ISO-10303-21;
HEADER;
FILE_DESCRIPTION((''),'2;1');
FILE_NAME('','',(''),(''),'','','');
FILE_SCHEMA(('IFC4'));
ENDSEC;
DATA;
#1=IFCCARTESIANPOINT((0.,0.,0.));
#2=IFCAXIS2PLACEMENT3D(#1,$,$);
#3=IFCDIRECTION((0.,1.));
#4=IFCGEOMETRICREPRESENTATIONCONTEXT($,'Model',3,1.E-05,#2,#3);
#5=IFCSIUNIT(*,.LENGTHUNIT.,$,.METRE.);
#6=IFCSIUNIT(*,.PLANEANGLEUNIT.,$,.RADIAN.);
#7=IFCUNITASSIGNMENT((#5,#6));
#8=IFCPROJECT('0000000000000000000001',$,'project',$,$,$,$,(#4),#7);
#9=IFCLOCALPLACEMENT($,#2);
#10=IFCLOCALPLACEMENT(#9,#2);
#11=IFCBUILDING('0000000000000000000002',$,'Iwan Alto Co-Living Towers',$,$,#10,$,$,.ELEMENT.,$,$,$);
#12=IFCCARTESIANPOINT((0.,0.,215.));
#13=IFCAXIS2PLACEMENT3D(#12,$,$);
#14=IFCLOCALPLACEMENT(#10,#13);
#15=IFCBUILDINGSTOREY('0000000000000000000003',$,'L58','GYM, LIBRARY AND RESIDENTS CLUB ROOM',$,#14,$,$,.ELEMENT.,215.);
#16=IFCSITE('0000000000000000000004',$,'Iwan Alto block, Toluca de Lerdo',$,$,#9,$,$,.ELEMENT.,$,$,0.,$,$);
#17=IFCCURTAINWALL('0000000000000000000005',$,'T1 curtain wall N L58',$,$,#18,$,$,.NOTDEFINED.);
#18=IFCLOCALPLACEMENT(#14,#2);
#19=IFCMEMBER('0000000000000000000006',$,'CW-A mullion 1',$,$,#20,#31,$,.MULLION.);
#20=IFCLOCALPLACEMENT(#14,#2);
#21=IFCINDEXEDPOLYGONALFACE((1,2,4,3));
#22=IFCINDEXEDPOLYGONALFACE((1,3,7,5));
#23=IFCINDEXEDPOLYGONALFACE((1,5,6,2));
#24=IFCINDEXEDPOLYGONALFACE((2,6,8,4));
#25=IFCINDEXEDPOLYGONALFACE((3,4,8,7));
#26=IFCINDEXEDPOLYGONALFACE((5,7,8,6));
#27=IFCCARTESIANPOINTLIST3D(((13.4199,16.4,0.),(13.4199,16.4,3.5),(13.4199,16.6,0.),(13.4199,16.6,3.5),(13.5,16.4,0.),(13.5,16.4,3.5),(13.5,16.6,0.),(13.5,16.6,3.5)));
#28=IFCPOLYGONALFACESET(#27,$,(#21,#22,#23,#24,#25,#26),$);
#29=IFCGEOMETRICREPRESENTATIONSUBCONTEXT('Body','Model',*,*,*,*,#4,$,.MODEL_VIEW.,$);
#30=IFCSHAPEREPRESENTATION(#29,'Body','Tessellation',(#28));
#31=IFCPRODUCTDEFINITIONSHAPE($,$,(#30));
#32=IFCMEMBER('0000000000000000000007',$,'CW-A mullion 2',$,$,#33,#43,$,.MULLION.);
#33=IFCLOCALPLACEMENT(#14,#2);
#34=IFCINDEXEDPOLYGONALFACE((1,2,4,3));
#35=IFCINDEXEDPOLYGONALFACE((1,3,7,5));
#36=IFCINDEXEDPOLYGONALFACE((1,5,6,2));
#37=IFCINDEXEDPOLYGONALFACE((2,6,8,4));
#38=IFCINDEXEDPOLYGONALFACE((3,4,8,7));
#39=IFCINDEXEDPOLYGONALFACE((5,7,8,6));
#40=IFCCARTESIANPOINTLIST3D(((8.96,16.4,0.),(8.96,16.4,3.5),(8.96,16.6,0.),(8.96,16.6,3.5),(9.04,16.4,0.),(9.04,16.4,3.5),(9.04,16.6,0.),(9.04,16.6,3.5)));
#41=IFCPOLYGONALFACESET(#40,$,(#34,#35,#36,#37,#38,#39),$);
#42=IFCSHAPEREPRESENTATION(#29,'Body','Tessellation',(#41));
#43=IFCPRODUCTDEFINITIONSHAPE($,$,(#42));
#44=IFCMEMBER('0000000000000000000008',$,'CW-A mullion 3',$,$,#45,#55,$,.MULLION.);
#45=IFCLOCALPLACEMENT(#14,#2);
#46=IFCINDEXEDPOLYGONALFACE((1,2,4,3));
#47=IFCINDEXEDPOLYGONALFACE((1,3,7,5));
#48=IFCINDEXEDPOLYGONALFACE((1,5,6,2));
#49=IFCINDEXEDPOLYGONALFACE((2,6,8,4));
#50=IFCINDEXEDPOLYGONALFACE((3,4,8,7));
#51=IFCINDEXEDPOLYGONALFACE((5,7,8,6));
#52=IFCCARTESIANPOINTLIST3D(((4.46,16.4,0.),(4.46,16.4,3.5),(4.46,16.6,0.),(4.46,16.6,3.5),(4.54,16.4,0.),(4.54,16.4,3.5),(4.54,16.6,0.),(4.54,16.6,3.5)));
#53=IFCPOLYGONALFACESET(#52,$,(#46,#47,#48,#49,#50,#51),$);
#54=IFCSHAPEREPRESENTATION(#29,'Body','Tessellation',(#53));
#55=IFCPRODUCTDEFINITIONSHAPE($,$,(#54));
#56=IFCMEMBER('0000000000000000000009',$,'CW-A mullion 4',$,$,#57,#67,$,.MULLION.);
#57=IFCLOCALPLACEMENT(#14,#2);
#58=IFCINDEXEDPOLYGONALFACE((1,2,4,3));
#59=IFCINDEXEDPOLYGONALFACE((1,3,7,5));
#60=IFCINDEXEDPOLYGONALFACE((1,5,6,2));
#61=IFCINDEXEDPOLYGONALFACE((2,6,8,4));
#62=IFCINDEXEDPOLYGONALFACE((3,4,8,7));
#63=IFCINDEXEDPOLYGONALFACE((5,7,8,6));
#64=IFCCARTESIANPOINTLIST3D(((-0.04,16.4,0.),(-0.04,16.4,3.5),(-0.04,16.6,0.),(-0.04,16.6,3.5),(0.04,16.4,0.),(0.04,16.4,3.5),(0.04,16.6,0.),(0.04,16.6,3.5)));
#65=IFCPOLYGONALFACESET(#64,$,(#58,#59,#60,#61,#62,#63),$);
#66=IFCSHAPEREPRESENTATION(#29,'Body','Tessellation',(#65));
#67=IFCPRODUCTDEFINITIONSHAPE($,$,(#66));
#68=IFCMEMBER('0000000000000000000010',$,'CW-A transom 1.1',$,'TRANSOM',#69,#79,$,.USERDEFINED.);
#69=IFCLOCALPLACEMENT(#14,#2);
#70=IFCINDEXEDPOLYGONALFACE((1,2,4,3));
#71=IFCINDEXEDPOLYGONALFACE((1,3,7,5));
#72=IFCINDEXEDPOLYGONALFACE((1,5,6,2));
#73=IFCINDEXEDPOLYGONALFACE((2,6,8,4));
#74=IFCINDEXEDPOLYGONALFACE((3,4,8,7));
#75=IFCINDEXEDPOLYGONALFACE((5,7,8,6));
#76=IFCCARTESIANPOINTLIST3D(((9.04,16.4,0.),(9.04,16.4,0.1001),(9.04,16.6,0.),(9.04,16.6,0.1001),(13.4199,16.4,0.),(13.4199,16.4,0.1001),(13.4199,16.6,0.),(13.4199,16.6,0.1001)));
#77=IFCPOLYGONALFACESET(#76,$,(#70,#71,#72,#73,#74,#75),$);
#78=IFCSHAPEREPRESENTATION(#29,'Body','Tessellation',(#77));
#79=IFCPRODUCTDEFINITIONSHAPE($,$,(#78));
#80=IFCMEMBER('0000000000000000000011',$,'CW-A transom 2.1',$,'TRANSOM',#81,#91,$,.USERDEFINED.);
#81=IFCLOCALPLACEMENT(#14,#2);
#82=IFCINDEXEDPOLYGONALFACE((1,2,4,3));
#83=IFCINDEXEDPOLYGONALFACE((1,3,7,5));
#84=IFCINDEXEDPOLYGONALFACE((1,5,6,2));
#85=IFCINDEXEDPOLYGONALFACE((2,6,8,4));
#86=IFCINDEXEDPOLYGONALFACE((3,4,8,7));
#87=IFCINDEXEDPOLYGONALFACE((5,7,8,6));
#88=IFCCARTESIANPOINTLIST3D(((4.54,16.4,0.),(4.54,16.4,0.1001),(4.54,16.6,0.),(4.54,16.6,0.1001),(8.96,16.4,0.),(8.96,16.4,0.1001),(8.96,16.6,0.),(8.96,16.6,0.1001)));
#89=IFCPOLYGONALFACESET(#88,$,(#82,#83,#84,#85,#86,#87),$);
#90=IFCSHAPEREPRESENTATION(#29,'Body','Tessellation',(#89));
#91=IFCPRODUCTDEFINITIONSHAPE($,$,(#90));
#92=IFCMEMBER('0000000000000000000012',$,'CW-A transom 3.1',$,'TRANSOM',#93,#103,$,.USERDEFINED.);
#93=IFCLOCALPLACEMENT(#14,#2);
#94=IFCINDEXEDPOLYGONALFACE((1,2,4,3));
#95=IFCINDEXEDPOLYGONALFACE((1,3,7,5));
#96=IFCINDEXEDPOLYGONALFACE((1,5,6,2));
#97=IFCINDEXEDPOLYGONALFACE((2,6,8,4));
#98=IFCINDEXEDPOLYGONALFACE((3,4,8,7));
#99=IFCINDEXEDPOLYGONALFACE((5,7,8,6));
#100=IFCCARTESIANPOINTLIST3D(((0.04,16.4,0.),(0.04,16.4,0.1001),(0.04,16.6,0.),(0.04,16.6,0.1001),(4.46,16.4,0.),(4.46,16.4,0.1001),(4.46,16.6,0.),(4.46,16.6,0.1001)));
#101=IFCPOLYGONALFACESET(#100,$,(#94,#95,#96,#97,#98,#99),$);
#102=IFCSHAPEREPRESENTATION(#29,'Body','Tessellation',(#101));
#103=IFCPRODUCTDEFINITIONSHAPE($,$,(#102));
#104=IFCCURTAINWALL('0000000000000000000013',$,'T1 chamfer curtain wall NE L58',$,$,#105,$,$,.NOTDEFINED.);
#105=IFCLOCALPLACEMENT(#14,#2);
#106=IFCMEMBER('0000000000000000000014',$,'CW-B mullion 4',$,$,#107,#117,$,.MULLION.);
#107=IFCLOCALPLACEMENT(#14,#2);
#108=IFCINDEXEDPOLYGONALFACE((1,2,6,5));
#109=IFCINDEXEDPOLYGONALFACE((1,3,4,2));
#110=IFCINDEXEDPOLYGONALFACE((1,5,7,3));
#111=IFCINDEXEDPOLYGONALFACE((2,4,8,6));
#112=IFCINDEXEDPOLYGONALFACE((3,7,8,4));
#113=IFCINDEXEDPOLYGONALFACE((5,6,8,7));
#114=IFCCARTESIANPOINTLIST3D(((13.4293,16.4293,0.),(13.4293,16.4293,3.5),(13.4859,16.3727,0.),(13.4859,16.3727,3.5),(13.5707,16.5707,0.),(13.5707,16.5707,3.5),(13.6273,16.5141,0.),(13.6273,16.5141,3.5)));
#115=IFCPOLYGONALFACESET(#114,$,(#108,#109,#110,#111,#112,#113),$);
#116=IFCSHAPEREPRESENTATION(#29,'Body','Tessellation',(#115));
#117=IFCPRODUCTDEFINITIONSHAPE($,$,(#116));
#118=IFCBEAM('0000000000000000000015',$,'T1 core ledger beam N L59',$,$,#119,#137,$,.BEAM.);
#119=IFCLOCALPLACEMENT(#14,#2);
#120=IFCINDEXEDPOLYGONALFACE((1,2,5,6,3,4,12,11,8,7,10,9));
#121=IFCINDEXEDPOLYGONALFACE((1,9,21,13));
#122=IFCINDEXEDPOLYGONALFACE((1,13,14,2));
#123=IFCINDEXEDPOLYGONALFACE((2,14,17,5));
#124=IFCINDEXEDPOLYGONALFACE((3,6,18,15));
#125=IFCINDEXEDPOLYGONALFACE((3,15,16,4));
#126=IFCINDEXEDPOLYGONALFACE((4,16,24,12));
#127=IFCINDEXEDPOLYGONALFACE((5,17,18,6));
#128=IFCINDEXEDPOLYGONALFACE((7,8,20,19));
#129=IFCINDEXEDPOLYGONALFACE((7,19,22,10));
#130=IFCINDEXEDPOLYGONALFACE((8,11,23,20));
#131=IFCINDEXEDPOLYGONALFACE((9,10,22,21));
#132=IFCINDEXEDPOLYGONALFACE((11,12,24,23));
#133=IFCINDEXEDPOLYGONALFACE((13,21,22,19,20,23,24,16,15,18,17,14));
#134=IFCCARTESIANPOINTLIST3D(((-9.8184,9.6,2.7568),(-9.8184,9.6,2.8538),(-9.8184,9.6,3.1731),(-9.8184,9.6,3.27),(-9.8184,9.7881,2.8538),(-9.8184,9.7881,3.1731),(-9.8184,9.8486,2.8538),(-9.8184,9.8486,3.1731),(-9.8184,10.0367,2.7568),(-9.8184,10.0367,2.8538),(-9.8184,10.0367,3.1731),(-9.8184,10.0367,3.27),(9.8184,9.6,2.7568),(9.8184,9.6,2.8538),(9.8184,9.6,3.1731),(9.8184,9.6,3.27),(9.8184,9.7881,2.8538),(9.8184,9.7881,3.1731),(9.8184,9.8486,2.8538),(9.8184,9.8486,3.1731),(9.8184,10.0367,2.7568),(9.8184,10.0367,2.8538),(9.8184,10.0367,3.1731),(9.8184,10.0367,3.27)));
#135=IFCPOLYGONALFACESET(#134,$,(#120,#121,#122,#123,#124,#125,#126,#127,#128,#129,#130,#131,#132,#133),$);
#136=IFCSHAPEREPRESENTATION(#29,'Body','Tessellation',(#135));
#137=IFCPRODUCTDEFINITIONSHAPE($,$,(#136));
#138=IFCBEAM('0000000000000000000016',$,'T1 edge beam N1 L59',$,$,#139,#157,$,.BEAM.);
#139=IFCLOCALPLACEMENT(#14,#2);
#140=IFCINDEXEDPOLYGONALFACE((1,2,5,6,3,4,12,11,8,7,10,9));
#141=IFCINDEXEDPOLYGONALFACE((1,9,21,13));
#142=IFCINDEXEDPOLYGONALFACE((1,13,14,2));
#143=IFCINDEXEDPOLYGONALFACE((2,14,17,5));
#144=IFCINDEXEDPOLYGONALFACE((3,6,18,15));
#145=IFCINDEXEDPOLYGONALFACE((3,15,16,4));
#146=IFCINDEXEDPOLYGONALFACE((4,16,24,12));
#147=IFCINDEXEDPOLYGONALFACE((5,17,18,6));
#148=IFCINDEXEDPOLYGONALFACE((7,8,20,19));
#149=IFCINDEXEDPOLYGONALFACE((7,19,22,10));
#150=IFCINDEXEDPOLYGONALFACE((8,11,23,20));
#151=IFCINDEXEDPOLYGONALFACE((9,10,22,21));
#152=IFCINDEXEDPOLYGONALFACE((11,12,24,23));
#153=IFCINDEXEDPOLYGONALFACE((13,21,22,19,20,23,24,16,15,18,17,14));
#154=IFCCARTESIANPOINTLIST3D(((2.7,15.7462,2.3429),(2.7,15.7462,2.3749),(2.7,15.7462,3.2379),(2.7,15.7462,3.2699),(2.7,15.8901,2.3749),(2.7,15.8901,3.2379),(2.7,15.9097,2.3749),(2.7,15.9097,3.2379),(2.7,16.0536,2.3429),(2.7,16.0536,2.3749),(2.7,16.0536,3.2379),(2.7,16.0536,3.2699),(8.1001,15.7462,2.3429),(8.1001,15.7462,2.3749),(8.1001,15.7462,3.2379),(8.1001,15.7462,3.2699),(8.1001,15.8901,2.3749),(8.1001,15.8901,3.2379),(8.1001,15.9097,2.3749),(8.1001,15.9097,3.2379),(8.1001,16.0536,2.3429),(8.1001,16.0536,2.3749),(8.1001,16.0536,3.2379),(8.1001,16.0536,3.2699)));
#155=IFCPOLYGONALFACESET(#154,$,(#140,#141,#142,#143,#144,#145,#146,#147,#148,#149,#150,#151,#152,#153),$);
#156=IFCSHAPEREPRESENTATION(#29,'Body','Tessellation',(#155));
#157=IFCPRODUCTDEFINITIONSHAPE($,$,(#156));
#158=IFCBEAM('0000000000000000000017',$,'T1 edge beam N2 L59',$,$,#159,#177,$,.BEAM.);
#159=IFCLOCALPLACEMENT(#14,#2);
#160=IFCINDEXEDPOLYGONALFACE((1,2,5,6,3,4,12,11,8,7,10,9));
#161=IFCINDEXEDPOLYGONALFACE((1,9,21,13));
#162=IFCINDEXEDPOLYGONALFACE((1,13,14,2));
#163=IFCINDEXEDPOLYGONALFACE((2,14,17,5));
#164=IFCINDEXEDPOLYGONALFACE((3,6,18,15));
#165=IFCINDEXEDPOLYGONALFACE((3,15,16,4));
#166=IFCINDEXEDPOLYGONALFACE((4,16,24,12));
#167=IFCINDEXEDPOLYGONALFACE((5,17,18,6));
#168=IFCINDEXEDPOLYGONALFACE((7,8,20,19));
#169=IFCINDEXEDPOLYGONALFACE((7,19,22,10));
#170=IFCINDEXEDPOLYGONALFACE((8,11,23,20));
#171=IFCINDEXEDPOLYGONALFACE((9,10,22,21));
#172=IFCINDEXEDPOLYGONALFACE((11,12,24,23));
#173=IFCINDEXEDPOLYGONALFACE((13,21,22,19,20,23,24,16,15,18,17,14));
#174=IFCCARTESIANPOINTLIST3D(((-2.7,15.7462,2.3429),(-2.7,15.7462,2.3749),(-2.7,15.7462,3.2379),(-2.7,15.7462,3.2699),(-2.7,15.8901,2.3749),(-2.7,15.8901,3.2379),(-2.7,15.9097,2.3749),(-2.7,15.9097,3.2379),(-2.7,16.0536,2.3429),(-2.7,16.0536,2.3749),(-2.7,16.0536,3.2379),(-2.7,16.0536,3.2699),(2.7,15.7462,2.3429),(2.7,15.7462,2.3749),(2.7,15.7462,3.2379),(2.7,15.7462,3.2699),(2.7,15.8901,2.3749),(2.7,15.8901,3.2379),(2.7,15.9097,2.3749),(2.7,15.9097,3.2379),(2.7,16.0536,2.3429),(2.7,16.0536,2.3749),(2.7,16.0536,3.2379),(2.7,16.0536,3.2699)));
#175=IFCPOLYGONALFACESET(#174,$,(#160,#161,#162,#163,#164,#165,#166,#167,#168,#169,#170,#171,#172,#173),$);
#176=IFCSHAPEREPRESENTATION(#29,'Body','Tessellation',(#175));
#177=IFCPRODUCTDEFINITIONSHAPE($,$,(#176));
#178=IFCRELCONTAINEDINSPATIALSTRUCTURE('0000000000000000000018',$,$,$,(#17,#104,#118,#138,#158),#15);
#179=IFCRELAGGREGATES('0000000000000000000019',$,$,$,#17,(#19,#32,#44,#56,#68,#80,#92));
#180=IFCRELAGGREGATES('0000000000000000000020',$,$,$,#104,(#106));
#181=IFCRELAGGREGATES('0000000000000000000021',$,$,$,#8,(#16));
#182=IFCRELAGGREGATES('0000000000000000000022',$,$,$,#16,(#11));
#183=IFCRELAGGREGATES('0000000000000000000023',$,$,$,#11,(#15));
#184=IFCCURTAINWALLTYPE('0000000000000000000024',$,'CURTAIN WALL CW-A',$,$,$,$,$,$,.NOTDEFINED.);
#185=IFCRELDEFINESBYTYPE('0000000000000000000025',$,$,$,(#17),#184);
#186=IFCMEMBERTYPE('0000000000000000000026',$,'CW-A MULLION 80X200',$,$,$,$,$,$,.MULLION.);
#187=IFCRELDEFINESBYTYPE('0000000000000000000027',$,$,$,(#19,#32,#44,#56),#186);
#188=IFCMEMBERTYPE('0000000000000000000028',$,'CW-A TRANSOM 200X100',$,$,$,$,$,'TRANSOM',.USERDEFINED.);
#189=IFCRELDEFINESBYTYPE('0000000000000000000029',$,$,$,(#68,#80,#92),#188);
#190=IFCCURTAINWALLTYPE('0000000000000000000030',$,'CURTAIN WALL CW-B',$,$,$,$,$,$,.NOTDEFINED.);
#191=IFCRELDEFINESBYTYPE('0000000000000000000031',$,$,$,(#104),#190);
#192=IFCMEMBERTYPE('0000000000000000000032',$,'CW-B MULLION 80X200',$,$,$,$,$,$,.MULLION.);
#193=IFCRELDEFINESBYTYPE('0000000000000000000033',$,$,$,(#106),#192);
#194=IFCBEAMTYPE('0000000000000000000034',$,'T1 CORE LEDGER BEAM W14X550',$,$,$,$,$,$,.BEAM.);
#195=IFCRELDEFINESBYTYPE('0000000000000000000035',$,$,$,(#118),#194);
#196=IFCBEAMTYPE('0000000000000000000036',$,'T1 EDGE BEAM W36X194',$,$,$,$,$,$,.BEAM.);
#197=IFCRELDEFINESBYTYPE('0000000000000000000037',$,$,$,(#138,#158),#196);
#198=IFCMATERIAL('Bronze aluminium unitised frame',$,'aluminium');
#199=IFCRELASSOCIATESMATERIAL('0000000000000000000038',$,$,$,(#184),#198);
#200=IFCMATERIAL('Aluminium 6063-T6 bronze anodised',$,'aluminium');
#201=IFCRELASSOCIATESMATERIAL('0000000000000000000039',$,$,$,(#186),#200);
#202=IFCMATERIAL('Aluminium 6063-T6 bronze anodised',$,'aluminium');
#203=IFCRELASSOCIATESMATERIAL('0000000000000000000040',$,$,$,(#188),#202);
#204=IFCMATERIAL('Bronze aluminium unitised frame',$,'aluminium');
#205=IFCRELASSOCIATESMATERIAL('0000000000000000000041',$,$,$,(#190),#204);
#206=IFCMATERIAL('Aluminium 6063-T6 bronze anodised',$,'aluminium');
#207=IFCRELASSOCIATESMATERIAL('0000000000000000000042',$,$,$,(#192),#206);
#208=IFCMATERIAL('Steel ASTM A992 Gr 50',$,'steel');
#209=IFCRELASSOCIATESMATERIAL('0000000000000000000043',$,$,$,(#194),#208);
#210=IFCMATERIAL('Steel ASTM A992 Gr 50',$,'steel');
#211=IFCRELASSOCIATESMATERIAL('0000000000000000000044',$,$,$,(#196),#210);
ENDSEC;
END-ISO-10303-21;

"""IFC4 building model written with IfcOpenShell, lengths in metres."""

from ifc_helpers import new_model, si_unit, direction, frame, origin, origin_2d, place, context, subcontext, project, spatial, rectangle, i_section, extrude, material, material_profile, profile_set, type_object, element, aggregate, save


model = new_model("IFC4")

# Units and contexts
model_context = context("Model", 3, precision=1e-05, world=origin(), true_north=direction((0.0, 1.0)))
body_context = subcontext(model_context, "Body", "Model", "MODEL_VIEW")
ifc_project = project(units=[si_unit("LENGTHUNIT", "METRE"), si_unit("PLANEANGLEUNIT", "RADIAN")], contexts=[model_context])

# Site, building, storey
site_placement = place(None, origin())
site = spatial("IfcSite", under=ifc_project, at=site_placement, Name="Iwan Alto block, Toluca de Lerdo", CompositionType="ELEMENT", RefElevation=0.0)
building_placement = place(site_placement, origin())
building = spatial("IfcBuilding", under=site, at=building_placement, Name="Iwan Alto Co-Living Towers", CompositionType="ELEMENT")
storey_placement = place(building_placement, frame((0.0, 0.0, 215.0)))
storey = spatial("IfcBuildingStorey", under=building, at=storey_placement, Name="L58", Description="GYM, LIBRARY AND RESIDENTS CLUB ROOM", CompositionType="ELEMENT", Elevation=215.0)

# Curtain wall, members
ifc_material_1 = material(Name="Bronze aluminium unitised frame", Category="aluminium")
curtain_wall_type_1 = type_object("IfcCurtainWallType", Name="CURTAIN WALL CW-A", PredefinedType="NOTDEFINED", material=ifc_material_1)
curtain_wall_1_placement = place(storey_placement, origin())
curtain_wall_1 = element("IfcCurtainWall", 1, at=curtain_wall_1_placement, inside=storey, type_object=curtain_wall_type_1, Name="T1 curtain wall N L58", PredefinedType="NOTDEFINED")
ifc_material_2 = material(Name="Aluminium 6063-T6 bronze anodised", Category="aluminium")
ifc_material_profile_1 = material_profile(ifc_material_2, rectangle(XDim=0.2, YDim=0.0801, at=origin_2d()), Name="AL 80X200")
ifc_profile_set_1 = profile_set([ifc_material_profile_1], Name="Aluminium 6063-T6 bronze anodised")
member_type_1 = type_object("IfcMemberType", Name="CW-A MULLION 80X200", PredefinedType="MULLION", material=ifc_profile_set_1)
member_1_placement = place(storey_placement, frame((13.46, 16.5, 0.0), z_axis=(0.0, 0.0, 1.0), x_axis=(0.0, -1.0, 0.0)))
member_1 = element("IfcMember", 2, at=member_1_placement, type_object=member_type_1, Name="CW-A mullion 1", PredefinedType="MULLION", context=body_context, shape_type="SweptSolid", body=[
    extrude(rectangle(XDim=0.2, YDim=0.0801, at=origin_2d()), origin(), (0.0, 0.0, 1.0), 3.5),
])
member_2_placement = place(storey_placement, frame((9.0, 16.5, 0.0), z_axis=(0.0, 0.0, 1.0), x_axis=(0.0, -1.0, 0.0)))
member_2 = element("IfcMember", 3, at=member_2_placement, type_object=member_type_1, Name="CW-A mullion 2", PredefinedType="MULLION", context=body_context, shape_type="SweptSolid", body=[
    extrude(rectangle(XDim=0.2, YDim=0.0801, at=origin_2d()), origin(), (0.0, 0.0, 1.0), 3.5),
])
member_3_placement = place(storey_placement, frame((4.5, 16.5, 0.0), z_axis=(0.0, 0.0, 1.0), x_axis=(0.0, -1.0, 0.0)))
member_3 = element("IfcMember", 4, at=member_3_placement, type_object=member_type_1, Name="CW-A mullion 3", PredefinedType="MULLION", context=body_context, shape_type="SweptSolid", body=[
    extrude(rectangle(XDim=0.2, YDim=0.0801, at=origin_2d()), origin(), (0.0, 0.0, 1.0), 3.5),
])
member_4_placement = place(storey_placement, frame((0.0, 16.5, 0.0), z_axis=(0.0, 0.0, 1.0), x_axis=(0.0, -1.0, 0.0)))
member_4 = element("IfcMember", 5, at=member_4_placement, type_object=member_type_1, Name="CW-A mullion 4", PredefinedType="MULLION", context=body_context, shape_type="SweptSolid", body=[
    extrude(rectangle(XDim=0.2, YDim=0.0801, at=origin_2d()), origin(), (0.0, 0.0, 1.0), 3.5),
])
ifc_material_3 = material(Name="Aluminium 6063-T6 bronze anodised", Category="aluminium")
ifc_material_profile_2 = material_profile(ifc_material_3, rectangle(XDim=0.2, YDim=0.1001, at=origin_2d()), Name="AL 200X100")
ifc_profile_set_2 = profile_set([ifc_material_profile_2], Name="Aluminium 6063-T6 bronze anodised")
member_type_2 = type_object("IfcMemberType", Name="CW-A TRANSOM 200X100", ElementType="TRANSOM", PredefinedType="USERDEFINED", material=ifc_profile_set_2)
member_5_placement = place(storey_placement, frame((13.4199, 16.5, 0.05), z_axis=(-1.0, 0.0, 0.0), x_axis=(0.0, -1.0, 0.0)))
member_5 = element("IfcMember", 6, at=member_5_placement, type_object=member_type_2, Name="CW-A transom 1.1", ObjectType="TRANSOM", PredefinedType="USERDEFINED", context=body_context, shape_type="SweptSolid", body=[
    extrude(rectangle(XDim=0.2, YDim=0.1001, at=origin_2d()), origin(), (0.0, 0.0, 1.0), 4.3799),
])
member_6_placement = place(storey_placement, frame((8.96, 16.5, 0.05), z_axis=(-1.0, 0.0, 0.0), x_axis=(0.0, -1.0, 0.0)))
member_6 = element("IfcMember", 7, at=member_6_placement, type_object=member_type_2, Name="CW-A transom 2.1", ObjectType="TRANSOM", PredefinedType="USERDEFINED", context=body_context, shape_type="SweptSolid", body=[
    extrude(rectangle(XDim=0.2, YDim=0.1001, at=origin_2d()), origin(), (0.0, 0.0, 1.0), 4.4199),
])
member_7_placement = place(storey_placement, frame((4.46, 16.5, 0.05), z_axis=(-1.0, 0.0, 0.0), x_axis=(0.0, -1.0, 0.0)))
member_7 = element("IfcMember", 8, at=member_7_placement, type_object=member_type_2, Name="CW-A transom 3.1", ObjectType="TRANSOM", PredefinedType="USERDEFINED", context=body_context, shape_type="SweptSolid", body=[
    extrude(rectangle(XDim=0.2, YDim=0.1001, at=origin_2d()), origin(), (0.0, 0.0, 1.0), 4.4199),
])

# Curtain wall, member
ifc_material_4 = material(Name="Bronze aluminium unitised frame", Category="aluminium")
curtain_wall_type_2 = type_object("IfcCurtainWallType", Name="CURTAIN WALL CW-B", PredefinedType="NOTDEFINED", material=ifc_material_4)
curtain_wall_2_placement = place(storey_placement, origin())
curtain_wall_2 = element("IfcCurtainWall", 9, at=curtain_wall_2_placement, inside=storey, type_object=curtain_wall_type_2, Name="T1 chamfer curtain wall NE L58", PredefinedType="NOTDEFINED")
ifc_material_5 = material(Name="Aluminium 6063-T6 bronze anodised", Category="aluminium")
ifc_material_profile_3 = material_profile(ifc_material_5, rectangle(XDim=0.2, YDim=0.0801, at=origin_2d()), Name="AL 80X200")
ifc_profile_set_3 = profile_set([ifc_material_profile_3], Name="Aluminium 6063-T6 bronze anodised")
member_type_3 = type_object("IfcMemberType", Name="CW-B MULLION 80X200", PredefinedType="MULLION", material=ifc_profile_set_3)
member_8_placement = place(storey_placement, frame((13.5283, 16.4717, 0.0), z_axis=(0.0, 0.0, 1.0), x_axis=(-0.707107, -0.707107, 0.0)))
member_8 = element("IfcMember", 10, at=member_8_placement, type_object=member_type_3, Name="CW-B mullion 4", PredefinedType="MULLION", context=body_context, shape_type="SweptSolid", body=[
    extrude(rectangle(XDim=0.2, YDim=0.0801, at=origin_2d()), origin(), (0.0, 0.0, 1.0), 3.5),
])

# Beams
ifc_material_6 = material(Name="Steel ASTM A992 Gr 50", Category="steel")
ifc_material_profile_4 = material_profile(ifc_material_6, i_section(OverallWidth=0.4368, OverallDepth=0.5132, WebThickness=0.0605, FlangeThickness=0.0969, at=origin_2d()), Name="W14X550")
ifc_profile_set_4 = profile_set([ifc_material_profile_4], Name="Steel ASTM A992 Gr 50")
beam_type_1 = type_object("IfcBeamType", Name="T1 CORE LEDGER BEAM W14X550", PredefinedType="BEAM", material=ifc_profile_set_4)
beam_1_placement = place(storey_placement, frame((9.8184, 9.8184, 3.0134), z_axis=(-1.0, 0.0, 0.0), x_axis=(0.0, -1.0, 0.0)))
element("IfcBeam", 11, at=beam_1_placement, inside=storey, type_object=beam_type_1, Name="T1 core ledger beam N L59", PredefinedType="BEAM", context=body_context, shape_type="SweptSolid", body=[
    extrude(i_section(OverallWidth=0.4368, OverallDepth=0.5132, WebThickness=0.0605, FlangeThickness=0.0969, at=origin_2d()), origin(), (0.0, 0.0, 1.0), 19.6367),
])
ifc_material_7 = material(Name="Steel ASTM A992 Gr 50", Category="steel")
ifc_material_profile_5 = material_profile(ifc_material_7, i_section(OverallWidth=0.3074, OverallDepth=0.927, WebThickness=0.0195, FlangeThickness=0.032, at=origin_2d()), Name="W36X194")
ifc_profile_set_5 = profile_set([ifc_material_profile_5], Name="Steel ASTM A992 Gr 50")
beam_type_2 = type_object("IfcBeamType", Name="T1 EDGE BEAM W36X194", PredefinedType="BEAM", material=ifc_profile_set_5)
beam_2_placement = place(storey_placement, frame((8.1001, 15.8999, 2.8064), z_axis=(-1.0, 0.0, 0.0), x_axis=(0.0, -1.0, 0.0)))
element("IfcBeam", 12, at=beam_2_placement, inside=storey, type_object=beam_type_2, Name="T1 edge beam N1 L59", PredefinedType="BEAM", context=body_context, shape_type="SweptSolid", body=[
    extrude(i_section(OverallWidth=0.3074, OverallDepth=0.927, WebThickness=0.0195, FlangeThickness=0.032, at=origin_2d()), origin(), (0.0, 0.0, 1.0), 5.4001),
])
beam_3_placement = place(storey_placement, frame((2.7, 15.8999, 2.8064), z_axis=(-1.0, 0.0, 0.0), x_axis=(0.0, -1.0, 0.0)))
element("IfcBeam", 13, at=beam_3_placement, inside=storey, type_object=beam_type_2, Name="T1 edge beam N2 L59", PredefinedType="BEAM", context=body_context, shape_type="SweptSolid", body=[
    extrude(i_section(OverallWidth=0.3074, OverallDepth=0.927, WebThickness=0.0195, FlangeThickness=0.032, at=origin_2d()), origin(), (0.0, 0.0, 1.0), 5.3999),
])

aggregate(curtain_wall_1, [member_1, member_2, member_3, member_4, member_5, member_6, member_7])
aggregate(curtain_wall_2, [member_8])

save(model, "model.ifc")
